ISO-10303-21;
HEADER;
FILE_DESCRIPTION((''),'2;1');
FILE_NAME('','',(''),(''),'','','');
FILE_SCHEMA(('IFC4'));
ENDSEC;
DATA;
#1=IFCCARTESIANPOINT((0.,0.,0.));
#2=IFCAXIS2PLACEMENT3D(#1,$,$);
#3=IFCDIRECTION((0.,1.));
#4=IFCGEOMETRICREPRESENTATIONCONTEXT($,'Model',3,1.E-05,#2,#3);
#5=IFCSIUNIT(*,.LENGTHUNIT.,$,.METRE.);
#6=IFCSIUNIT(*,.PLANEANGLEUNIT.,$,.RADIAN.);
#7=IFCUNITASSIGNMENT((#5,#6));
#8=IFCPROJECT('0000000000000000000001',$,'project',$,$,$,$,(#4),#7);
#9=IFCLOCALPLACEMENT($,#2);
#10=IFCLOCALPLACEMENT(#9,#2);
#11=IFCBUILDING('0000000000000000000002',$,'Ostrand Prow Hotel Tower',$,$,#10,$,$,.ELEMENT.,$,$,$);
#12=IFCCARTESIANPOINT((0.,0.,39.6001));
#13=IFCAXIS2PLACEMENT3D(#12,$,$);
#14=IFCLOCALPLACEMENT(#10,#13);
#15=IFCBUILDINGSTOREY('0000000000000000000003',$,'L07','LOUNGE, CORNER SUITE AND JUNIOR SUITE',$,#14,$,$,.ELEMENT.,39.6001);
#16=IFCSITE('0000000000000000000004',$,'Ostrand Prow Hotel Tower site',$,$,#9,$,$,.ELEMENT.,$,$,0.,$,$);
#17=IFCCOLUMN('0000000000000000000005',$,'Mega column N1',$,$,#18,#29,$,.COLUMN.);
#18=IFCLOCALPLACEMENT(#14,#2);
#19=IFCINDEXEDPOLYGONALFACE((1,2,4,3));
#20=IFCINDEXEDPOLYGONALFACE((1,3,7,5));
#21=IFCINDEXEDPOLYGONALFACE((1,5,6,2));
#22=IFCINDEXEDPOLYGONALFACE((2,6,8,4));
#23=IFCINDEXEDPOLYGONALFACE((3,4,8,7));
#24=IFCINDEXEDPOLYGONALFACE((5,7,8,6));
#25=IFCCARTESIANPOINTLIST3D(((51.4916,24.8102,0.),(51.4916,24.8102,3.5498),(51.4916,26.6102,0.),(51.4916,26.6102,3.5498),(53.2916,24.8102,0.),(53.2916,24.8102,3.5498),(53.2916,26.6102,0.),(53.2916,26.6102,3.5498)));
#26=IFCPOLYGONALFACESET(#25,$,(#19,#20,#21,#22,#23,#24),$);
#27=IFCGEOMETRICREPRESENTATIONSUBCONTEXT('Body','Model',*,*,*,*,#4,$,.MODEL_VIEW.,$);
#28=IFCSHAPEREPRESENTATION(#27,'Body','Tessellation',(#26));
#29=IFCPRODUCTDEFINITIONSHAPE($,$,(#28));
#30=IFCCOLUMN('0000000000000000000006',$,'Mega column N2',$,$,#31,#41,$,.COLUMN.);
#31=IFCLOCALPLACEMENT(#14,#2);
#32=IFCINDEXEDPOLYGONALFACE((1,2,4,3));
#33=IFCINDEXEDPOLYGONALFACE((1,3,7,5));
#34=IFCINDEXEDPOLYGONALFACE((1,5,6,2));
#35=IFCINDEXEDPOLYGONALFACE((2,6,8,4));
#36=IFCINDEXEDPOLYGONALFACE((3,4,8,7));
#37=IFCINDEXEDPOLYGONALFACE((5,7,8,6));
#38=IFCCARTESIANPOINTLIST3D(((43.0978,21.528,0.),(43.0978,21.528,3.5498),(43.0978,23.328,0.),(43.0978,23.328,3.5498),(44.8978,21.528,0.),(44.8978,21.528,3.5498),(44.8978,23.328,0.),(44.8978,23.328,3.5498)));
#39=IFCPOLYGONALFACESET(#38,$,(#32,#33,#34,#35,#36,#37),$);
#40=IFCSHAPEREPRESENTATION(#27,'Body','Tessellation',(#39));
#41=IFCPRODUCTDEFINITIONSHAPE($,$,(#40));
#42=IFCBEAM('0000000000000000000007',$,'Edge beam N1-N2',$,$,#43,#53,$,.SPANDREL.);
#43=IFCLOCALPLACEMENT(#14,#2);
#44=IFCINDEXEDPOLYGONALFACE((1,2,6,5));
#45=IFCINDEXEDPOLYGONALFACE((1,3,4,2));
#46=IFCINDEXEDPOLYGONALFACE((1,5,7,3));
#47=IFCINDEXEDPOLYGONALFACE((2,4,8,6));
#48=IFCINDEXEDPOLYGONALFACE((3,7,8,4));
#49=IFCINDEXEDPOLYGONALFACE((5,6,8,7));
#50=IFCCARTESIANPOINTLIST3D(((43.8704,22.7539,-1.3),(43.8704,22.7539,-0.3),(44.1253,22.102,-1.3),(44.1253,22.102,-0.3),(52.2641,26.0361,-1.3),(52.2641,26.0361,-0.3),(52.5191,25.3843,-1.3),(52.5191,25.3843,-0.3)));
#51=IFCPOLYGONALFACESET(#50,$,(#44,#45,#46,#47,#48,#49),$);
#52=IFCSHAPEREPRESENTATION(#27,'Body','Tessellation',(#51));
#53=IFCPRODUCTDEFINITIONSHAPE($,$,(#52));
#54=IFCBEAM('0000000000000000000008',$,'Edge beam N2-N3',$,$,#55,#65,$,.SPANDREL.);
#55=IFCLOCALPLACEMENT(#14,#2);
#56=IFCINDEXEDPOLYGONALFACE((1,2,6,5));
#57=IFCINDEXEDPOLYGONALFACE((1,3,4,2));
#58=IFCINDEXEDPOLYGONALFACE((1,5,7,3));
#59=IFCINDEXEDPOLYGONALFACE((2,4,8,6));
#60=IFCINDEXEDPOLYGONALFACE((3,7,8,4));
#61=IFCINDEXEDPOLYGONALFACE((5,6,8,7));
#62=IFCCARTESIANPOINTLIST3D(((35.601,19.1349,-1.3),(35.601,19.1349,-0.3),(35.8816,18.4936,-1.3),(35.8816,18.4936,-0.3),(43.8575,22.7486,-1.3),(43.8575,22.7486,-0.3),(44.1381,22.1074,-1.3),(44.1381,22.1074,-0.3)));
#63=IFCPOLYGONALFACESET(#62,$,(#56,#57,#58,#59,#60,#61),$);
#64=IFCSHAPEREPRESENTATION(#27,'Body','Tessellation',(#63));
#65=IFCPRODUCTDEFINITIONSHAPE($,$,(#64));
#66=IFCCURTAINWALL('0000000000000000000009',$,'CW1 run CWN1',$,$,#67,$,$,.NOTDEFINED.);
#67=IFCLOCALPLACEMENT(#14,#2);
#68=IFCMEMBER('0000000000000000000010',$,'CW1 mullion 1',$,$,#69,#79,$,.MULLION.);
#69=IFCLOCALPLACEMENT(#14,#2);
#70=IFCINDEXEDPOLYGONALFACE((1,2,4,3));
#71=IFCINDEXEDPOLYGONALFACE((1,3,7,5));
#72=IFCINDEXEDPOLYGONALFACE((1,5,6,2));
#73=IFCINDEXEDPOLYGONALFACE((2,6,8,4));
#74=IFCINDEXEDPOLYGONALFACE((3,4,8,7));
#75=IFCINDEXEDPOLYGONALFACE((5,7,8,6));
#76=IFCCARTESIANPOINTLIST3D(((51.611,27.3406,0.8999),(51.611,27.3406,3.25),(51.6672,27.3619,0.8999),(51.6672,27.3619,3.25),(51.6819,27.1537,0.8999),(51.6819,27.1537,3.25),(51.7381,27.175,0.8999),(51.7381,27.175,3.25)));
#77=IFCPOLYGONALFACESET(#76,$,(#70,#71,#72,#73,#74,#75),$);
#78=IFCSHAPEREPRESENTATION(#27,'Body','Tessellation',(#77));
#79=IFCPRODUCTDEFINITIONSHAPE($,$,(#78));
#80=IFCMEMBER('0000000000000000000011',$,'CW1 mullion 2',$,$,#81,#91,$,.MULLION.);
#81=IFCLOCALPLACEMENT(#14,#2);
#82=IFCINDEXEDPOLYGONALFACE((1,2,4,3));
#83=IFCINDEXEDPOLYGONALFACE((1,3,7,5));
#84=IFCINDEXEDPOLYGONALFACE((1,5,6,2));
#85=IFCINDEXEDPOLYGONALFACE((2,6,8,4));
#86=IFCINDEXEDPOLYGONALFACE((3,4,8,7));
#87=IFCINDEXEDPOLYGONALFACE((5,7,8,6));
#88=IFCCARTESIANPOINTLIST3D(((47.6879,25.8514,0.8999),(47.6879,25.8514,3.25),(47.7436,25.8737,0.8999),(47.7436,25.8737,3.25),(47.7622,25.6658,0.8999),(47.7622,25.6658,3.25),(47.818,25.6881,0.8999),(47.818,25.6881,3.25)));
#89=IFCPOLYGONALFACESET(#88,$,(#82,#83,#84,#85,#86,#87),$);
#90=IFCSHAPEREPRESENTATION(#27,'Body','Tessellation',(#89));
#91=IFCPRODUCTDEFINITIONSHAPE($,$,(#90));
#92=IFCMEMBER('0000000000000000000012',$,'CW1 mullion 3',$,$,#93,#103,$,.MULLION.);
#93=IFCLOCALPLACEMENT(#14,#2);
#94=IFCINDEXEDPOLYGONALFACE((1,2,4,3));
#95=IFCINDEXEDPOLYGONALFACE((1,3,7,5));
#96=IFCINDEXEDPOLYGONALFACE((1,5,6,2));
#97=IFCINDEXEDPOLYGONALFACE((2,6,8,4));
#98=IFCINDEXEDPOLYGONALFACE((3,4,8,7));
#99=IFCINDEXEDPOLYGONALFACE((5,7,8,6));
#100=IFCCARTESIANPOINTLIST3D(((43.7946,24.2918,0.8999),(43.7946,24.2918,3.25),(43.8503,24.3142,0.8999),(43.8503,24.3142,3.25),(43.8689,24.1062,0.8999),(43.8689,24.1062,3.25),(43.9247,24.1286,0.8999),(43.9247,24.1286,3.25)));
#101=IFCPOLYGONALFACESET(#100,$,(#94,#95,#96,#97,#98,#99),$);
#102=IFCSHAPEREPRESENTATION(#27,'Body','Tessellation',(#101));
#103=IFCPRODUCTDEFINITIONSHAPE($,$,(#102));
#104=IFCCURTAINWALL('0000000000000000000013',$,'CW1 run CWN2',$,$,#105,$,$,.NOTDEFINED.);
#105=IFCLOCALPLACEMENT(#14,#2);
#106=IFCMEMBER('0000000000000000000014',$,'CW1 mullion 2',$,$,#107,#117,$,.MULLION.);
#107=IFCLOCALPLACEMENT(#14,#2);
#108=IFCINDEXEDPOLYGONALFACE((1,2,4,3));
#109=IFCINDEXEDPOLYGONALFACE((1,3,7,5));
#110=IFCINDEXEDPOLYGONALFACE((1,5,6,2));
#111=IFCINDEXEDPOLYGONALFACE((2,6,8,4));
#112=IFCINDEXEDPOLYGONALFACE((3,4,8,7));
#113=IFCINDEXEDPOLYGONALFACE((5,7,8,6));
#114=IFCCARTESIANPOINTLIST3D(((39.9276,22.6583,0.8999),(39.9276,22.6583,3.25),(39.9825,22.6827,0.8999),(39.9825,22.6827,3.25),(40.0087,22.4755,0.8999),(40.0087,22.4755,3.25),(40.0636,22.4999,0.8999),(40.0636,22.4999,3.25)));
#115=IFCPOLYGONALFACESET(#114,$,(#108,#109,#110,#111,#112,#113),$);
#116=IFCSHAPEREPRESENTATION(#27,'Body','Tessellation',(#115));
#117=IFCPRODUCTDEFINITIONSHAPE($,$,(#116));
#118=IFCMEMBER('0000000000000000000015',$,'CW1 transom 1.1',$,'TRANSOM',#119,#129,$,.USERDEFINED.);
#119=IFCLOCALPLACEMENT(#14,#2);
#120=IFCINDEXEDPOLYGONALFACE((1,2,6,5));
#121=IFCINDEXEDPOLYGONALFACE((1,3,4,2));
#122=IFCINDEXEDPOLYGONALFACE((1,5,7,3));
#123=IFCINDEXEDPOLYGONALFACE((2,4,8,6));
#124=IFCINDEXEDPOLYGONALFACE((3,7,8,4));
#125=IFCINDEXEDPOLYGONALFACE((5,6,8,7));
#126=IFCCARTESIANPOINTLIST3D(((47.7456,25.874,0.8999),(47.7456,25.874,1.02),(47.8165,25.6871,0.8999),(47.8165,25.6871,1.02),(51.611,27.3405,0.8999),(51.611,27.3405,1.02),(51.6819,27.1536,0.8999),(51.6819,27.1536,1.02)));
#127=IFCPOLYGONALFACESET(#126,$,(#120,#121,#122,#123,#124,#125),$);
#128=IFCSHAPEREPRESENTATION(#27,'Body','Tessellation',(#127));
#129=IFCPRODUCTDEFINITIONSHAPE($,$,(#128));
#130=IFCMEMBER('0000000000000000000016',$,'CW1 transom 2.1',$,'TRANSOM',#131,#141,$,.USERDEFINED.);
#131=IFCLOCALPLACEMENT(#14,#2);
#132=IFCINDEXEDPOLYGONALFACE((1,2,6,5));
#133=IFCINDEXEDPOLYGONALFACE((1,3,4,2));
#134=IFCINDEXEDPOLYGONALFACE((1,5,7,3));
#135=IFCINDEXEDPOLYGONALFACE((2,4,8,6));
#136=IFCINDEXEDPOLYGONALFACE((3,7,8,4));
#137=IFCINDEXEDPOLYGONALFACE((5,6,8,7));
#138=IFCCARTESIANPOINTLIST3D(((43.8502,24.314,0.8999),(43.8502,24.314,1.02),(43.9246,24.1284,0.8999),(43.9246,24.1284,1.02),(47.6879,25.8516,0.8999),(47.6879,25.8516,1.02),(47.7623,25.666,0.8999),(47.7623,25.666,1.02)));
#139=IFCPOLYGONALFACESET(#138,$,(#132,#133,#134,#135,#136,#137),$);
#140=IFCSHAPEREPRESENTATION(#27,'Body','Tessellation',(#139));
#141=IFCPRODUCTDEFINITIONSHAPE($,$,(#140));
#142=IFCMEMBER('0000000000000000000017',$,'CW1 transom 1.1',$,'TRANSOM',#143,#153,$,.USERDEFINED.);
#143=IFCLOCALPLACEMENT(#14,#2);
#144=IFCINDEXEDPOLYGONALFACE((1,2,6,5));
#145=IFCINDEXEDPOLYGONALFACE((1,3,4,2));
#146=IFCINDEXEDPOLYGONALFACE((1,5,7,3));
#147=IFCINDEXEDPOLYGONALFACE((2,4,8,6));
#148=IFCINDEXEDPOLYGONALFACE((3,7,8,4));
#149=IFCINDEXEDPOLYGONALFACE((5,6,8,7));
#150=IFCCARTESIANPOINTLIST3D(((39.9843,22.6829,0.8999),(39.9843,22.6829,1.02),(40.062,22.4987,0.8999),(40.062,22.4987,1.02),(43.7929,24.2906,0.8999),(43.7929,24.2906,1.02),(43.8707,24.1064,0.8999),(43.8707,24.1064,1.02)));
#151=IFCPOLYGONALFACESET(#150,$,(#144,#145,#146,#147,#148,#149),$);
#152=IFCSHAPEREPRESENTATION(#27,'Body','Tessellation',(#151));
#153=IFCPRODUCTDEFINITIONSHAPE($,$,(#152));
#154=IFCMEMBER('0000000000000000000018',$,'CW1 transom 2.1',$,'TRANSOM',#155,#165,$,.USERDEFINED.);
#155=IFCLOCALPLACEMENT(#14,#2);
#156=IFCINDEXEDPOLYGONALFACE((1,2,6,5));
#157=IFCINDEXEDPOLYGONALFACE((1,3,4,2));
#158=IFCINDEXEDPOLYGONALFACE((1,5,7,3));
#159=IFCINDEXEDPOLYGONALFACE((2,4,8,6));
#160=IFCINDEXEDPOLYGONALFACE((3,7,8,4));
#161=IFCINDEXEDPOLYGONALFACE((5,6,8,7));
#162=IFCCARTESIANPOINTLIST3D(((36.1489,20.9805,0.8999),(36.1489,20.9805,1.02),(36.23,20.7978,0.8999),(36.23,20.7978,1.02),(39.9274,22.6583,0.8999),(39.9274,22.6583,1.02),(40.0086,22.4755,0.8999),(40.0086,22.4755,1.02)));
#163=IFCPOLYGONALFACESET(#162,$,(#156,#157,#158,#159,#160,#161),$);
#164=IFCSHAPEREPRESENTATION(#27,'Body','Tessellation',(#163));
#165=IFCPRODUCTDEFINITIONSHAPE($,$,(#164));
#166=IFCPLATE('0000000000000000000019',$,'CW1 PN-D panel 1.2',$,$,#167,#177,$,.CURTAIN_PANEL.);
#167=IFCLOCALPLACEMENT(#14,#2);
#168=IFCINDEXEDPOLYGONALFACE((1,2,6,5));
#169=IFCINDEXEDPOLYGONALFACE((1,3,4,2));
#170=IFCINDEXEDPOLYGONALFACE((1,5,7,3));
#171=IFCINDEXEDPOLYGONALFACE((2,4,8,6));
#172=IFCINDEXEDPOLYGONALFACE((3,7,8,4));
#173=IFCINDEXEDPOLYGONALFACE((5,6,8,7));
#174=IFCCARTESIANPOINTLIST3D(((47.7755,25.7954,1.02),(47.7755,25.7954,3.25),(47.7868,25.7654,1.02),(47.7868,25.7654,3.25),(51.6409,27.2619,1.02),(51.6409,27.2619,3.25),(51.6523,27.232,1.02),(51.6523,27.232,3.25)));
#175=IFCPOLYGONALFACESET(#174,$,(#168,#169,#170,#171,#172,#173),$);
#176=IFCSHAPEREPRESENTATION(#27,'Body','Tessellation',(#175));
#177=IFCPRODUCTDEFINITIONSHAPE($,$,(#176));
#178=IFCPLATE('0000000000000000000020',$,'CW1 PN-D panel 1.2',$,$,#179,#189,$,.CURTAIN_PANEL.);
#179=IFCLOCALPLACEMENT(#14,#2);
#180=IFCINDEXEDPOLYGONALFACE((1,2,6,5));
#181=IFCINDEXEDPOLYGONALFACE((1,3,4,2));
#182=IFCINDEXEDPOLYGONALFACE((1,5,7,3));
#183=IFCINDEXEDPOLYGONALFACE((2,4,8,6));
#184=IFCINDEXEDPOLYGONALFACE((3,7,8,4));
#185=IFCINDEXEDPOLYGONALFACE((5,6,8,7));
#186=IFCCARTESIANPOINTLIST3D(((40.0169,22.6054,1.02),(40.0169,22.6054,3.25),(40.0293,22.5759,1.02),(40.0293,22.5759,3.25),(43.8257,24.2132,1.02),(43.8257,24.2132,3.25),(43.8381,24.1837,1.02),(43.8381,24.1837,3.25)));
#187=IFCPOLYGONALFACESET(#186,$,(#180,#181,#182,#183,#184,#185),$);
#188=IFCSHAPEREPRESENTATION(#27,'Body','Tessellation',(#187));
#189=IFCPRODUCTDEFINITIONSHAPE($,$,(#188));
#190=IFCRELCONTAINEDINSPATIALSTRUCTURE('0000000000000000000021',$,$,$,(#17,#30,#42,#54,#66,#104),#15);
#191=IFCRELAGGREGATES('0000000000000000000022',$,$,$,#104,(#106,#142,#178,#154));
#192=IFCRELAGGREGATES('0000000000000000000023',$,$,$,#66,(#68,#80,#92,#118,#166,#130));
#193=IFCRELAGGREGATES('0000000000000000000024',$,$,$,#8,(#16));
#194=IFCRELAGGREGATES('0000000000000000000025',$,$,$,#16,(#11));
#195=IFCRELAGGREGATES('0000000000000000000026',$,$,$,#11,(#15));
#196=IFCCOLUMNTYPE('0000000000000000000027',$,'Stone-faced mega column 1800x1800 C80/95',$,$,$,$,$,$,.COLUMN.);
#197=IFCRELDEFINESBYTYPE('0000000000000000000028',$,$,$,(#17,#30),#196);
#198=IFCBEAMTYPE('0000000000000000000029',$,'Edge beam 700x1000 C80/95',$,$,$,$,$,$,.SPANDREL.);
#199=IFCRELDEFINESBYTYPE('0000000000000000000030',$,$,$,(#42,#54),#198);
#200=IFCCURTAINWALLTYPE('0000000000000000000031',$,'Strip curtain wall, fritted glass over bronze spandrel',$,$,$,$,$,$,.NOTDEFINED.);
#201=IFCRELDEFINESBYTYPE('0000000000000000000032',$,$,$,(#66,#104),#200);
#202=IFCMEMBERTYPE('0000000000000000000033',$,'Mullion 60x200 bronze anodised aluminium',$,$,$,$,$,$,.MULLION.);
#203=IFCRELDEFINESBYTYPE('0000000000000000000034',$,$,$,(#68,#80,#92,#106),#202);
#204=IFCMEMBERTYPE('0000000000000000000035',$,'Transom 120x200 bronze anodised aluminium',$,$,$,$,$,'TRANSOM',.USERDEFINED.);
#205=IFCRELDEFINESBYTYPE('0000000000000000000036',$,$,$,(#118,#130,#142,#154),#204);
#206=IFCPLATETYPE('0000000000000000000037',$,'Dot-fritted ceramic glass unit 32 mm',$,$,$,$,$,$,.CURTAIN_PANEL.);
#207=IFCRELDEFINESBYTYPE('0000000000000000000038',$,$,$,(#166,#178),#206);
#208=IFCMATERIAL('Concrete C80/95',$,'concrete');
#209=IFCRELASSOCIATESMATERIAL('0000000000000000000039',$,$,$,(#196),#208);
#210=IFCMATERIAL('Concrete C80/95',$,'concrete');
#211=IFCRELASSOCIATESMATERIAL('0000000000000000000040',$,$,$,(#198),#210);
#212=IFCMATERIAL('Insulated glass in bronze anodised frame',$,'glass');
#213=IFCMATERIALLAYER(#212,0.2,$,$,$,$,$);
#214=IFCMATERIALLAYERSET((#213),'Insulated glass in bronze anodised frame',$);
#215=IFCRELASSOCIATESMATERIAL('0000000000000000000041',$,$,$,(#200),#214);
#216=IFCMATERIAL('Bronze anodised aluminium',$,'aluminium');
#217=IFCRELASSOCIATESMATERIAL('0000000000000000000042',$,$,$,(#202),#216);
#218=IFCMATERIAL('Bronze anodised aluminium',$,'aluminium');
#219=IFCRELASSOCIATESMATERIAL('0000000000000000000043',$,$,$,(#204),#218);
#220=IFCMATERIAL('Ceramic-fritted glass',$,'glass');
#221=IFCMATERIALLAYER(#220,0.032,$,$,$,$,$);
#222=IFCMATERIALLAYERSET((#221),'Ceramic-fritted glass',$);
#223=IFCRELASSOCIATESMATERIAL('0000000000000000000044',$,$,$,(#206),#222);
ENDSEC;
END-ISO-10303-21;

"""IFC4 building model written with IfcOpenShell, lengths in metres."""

from ifc_helpers import new_model, si_unit, direction, frame, origin, origin_2d, place, context, subcontext, project, spatial, rectangle, extrude, material, layer, layer_set, material_profile, profile_set, type_object, element, aggregate, save


model = new_model("IFC4")

# Units and contexts
model_context = context("Model", 3, precision=1e-05, world=origin(), true_north=direction((0.0, 1.0)))
body_context = subcontext(model_context, "Body", "Model", "MODEL_VIEW")
ifc_project = project(units=[si_unit("LENGTHUNIT", "METRE"), si_unit("PLANEANGLEUNIT", "RADIAN")], contexts=[model_context])

# Site, building, storey
site_placement = place(None, origin())
site = spatial("IfcSite", under=ifc_project, at=site_placement, Name="Ostrand Prow Hotel Tower site", CompositionType="ELEMENT", RefElevation=0.0)
building_placement = place(site_placement, origin())
building = spatial("IfcBuilding", under=site, at=building_placement, Name="Ostrand Prow Hotel Tower", CompositionType="ELEMENT")
storey_placement = place(building_placement, frame((0.0, 0.0, 39.6001)))
storey = spatial("IfcBuildingStorey", under=building, at=storey_placement, Name="L07", Description="LOUNGE, CORNER SUITE AND JUNIOR SUITE", CompositionType="ELEMENT", Elevation=39.6001)

# Columns
ifc_material_1 = material(Name="Concrete C80/95", Category="concrete")
ifc_material_profile_1 = material_profile(ifc_material_1, rectangle(XDim=1.8, YDim=1.8, at=origin_2d()), Name="RC 1800x1800")
ifc_profile_set_1 = profile_set([ifc_material_profile_1], Name="Concrete C80/95")
column_type = type_object("IfcColumnType", Name="Stone-faced mega column 1800x1800 C80/95", PredefinedType="COLUMN", material=ifc_profile_set_1)
for number, where, z_axis, x_axis, name in (
    (1, (52.3916, 25.7102, 0.0), (0.0, 0.0, 1.0), (1.0, 0.0, 0.0), "Mega column N1"),
    (2, (43.9978, 22.428, 0.0), (0.0, 0.0, 1.0), (1.0, 0.0, 0.0), "Mega column N2"),
):
    element("IfcColumn", number, at=place(storey_placement, frame(where, z_axis=z_axis, x_axis=x_axis)), inside=storey, type_object=column_type, Name=name, PredefinedType="COLUMN", context=body_context, shape_type="SweptSolid", body=[
        extrude(rectangle(XDim=1.8, YDim=1.8, at=origin_2d()), origin(), (0.0, 0.0, 1.0), 3.5498),
    ])

# Beams
ifc_material_2 = material(Name="Concrete C80/95", Category="concrete")
ifc_material_profile_2 = material_profile(ifc_material_2, rectangle(XDim=0.7, YDim=1.0, at=origin_2d()), Name="RC 700x1000")
ifc_profile_set_2 = profile_set([ifc_material_profile_2], Name="Concrete C80/95")
beam_type = type_object("IfcBeamType", Name="Edge beam 700x1000 C80/95", PredefinedType="SPANDREL", material=ifc_profile_set_2)
for number, where, z_axis, x_axis, name in (
    (3, (52.3916, 25.7102, -0.8), (-0.931329, -0.364178, 0.0), (0.364178, -0.931329, 0.0), "Edge beam N1-N2"),
    (4, (43.9978, 22.428, -0.8), (-0.916096, -0.40096, 0.0), (0.40096, -0.916096, 0.0), "Edge beam N2-N3"),
):
    element("IfcBeam", number, at=place(storey_placement, frame(where, z_axis=z_axis, x_axis=x_axis)), inside=storey, type_object=beam_type, Name=name, PredefinedType="SPANDREL", context=body_context, shape_type="SweptSolid", body=[
        extrude(rectangle(XDim=0.7, YDim=1.0, at=origin_2d()), origin(), (0.0, 0.0, 1.0), 9.0127),
    ])

# Curtain wall, members
ifc_material_3 = material(Name="Insulated glass in bronze anodised frame", Category="glass")
ifc_layer_1 = layer(ifc_material_3, 0.2)
ifc_layer_set_1 = layer_set([ifc_layer_1], Name="Insulated glass in bronze anodised frame")
curtain_wall_type = type_object("IfcCurtainWallType", Name="Strip curtain wall, fritted glass over bronze spandrel", PredefinedType="NOTDEFINED", material=ifc_layer_set_1)
curtain_wall_1_placement = place(storey_placement, origin())
curtain_wall_1 = element("IfcCurtainWall", 5, at=curtain_wall_1_placement, inside=storey, type_object=curtain_wall_type, Name="CW1 run CWN1", PredefinedType="NOTDEFINED")
ifc_material_4 = material(Name="Bronze anodised aluminium", Category="aluminium")
ifc_material_profile_3 = material_profile(ifc_material_4, rectangle(XDim=0.2, YDim=0.0601, at=origin_2d()), Name="Mullion 60x200 bronze anodised aluminium")
ifc_profile_set_3 = profile_set([ifc_material_profile_3], Name="Bronze anodised aluminium")
member_type_1 = type_object("IfcMemberType", Name="Mullion 60x200 bronze anodised aluminium", PredefinedType="MULLION", material=ifc_profile_set_3)
member_1_placement = place(storey_placement, frame((51.6746, 27.2578, 0.8999), z_axis=(0.0, 0.0, 1.0), x_axis=(0.354728, -0.934969, 0.0)))
member_1 = element("IfcMember", 6, at=member_1_placement, type_object=member_type_1, Name="CW1 mullion 1", PredefinedType="MULLION", context=body_context, shape_type="SweptSolid", body=[
    extrude(rectangle(XDim=0.2, YDim=0.0601, at=origin_2d()), origin(), (0.0, 0.0, 1.0), 2.3501),
])
member_2_placement = place(storey_placement, frame((47.7529, 25.7698, 0.8999), z_axis=(0.0, 0.0, 1.0), x_axis=(0.371873, -0.928283, 0.0)))
member_2 = element("IfcMember", 7, at=member_2_placement, type_object=member_type_1, Name="CW1 mullion 2", PredefinedType="MULLION", context=body_context, shape_type="SweptSolid", body=[
    extrude(rectangle(XDim=0.2, YDim=0.0601, at=origin_2d()), origin(), (0.0, 0.0, 1.0), 2.3501),
])
member_3_placement = place(storey_placement, frame((43.8596, 24.2102, 0.8999), z_axis=(0.0, 0.0, 1.0), x_axis=(0.371873, -0.928283, 0.0)))
member_3 = element("IfcMember", 8, at=member_3_placement, type_object=member_type_1, Name="CW1 mullion 3", PredefinedType="MULLION", context=body_context, shape_type="SweptSolid", body=[
    extrude(rectangle(XDim=0.2, YDim=0.0601, at=origin_2d()), origin(), (0.0, 0.0, 1.0), 2.3501),
])

# Curtain wall, member
curtain_wall_2_placement = place(storey_placement, origin())
curtain_wall_2 = element("IfcCurtainWall", 9, at=curtain_wall_2_placement, inside=storey, type_object=curtain_wall_type, Name="CW1 run CWN2", PredefinedType="NOTDEFINED")
member_4_placement = place(storey_placement, frame((39.9956, 22.5791, 0.8999), z_axis=(0.0, 0.0, 1.0), x_axis=(0.40578, -0.913971, 0.0)))
member_4 = element("IfcMember", 10, at=member_4_placement, type_object=member_type_1, Name="CW1 mullion 2", PredefinedType="MULLION", context=body_context, shape_type="SweptSolid", body=[
    extrude(rectangle(XDim=0.2, YDim=0.0601, at=origin_2d()), origin(), (0.0, 0.0, 1.0), 2.3501),
])

# Members
ifc_material_5 = material(Name="Bronze anodised aluminium", Category="aluminium")
ifc_material_profile_4 = material_profile(ifc_material_5, rectangle(XDim=0.2, YDim=0.1201, at=origin_2d()), Name="Transom 120x200 bronze anodised aluminium")
ifc_profile_set_4 = profile_set([ifc_material_profile_4], Name="Bronze anodised aluminium")
member_type_2 = type_object("IfcMemberType", Name="Transom 120x200 bronze anodised aluminium", ElementType="TRANSOM", PredefinedType="USERDEFINED", material=ifc_profile_set_4)
member_5_placement = place(storey_placement, frame((51.6465, 27.2471, 0.96), z_axis=(-0.934971, -0.354725, 0.0), x_axis=(0.354725, -0.934971, 0.0)))
member_5 = element("IfcMember", 11, at=member_5_placement, type_object=member_type_2, Name="CW1 transom 1.1", ObjectType="TRANSOM", PredefinedType="USERDEFINED", context=body_context, shape_type="SweptSolid", body=[
    extrude(rectangle(XDim=0.2, YDim=0.1201, at=origin_2d()), origin(), (0.0, 0.0, 1.0), 4.1343),
])
member_6_placement = place(storey_placement, frame((47.7251, 25.7588, 0.96), z_axis=(-0.928265, -0.37192, 0.0), x_axis=(0.37192, -0.928265, 0.0)))
member_6 = element("IfcMember", 12, at=member_6_placement, type_object=member_type_2, Name="CW1 transom 2.1", ObjectType="TRANSOM", PredefinedType="USERDEFINED", context=body_context, shape_type="SweptSolid", body=[
    extrude(rectangle(XDim=0.2, YDim=0.1201, at=origin_2d()), origin(), (0.0, 0.0, 1.0), 4.1343),
])
member_7_placement = place(storey_placement, frame((43.8318, 24.1985, 0.96), z_axis=(-0.921285, -0.388888, 0.0), x_axis=(0.388888, -0.921285, 0.0)))
member_7 = element("IfcMember", 13, at=member_7_placement, type_object=member_type_2, Name="CW1 transom 1.1", ObjectType="TRANSOM", PredefinedType="USERDEFINED", context=body_context, shape_type="SweptSolid", body=[
    extrude(rectangle(XDim=0.2, YDim=0.1201, at=origin_2d()), origin(), (0.0, 0.0, 1.0), 4.134),
])
member_8_placement = place(storey_placement, frame((39.968, 22.5669, 0.96), z_axis=(-0.913958, -0.40581, 0.0), x_axis=(0.40581, -0.913958, 0.0)))
member_8 = element("IfcMember", 14, at=member_8_placement, type_object=member_type_2, Name="CW1 transom 2.1", ObjectType="TRANSOM", PredefinedType="USERDEFINED", context=body_context, shape_type="SweptSolid", body=[
    extrude(rectangle(XDim=0.2, YDim=0.1201, at=origin_2d()), origin(), (0.0, 0.0, 1.0), 4.1343),
])

# Plates
ifc_material_6 = material(Name="Ceramic-fritted glass", Category="glass")
ifc_layer_2 = layer(ifc_material_6, 0.032)
ifc_layer_set_2 = layer_set([ifc_layer_2], Name="Ceramic-fritted glass")
plate_type_1 = type_object("IfcPlateType", Name="Dot-fritted ceramic glass unit 32 mm", PredefinedType="CURTAIN_PANEL", material=ifc_layer_set_2)
plate_1_placement = place(storey_placement, frame((49.7139, 26.5137, 1.02), z_axis=(0.0, 0.0, 1.0), x_axis=(-0.934969, -0.354728, 0.0)))
plate_1 = element("IfcPlate", 15, at=plate_1_placement, type_object=plate_type_1, Name="CW1 PN-D panel 1.2", PredefinedType="CURTAIN_PANEL", context=body_context, shape_type="SweptSolid", body=[
    extrude(rectangle(XDim=4.1343, YDim=0.032, at=origin_2d()), origin(), (0.0, 0.0, 1.0), 2.23),
])
plate_2_placement = place(storey_placement, frame((41.9275, 23.3945, 1.02), z_axis=(0.0, 0.0, 1.0), x_axis=(-0.921283, -0.388892, 0.0)))
plate_2 = element("IfcPlate", 16, at=plate_2_placement, type_object=plate_type_1, Name="CW1 PN-D panel 1.2", PredefinedType="CURTAIN_PANEL", context=body_context, shape_type="SweptSolid", body=[
    extrude(rectangle(XDim=4.1343, YDim=0.032, at=origin_2d()), origin(), (0.0, 0.0, 1.0), 2.23),
])
aggregate(curtain_wall_2, [member_4, member_7, plate_2, member_8])
aggregate(curtain_wall_1, [member_1, member_2, member_3, member_5, plate_1, member_6])

save(model, "model.ifc")
